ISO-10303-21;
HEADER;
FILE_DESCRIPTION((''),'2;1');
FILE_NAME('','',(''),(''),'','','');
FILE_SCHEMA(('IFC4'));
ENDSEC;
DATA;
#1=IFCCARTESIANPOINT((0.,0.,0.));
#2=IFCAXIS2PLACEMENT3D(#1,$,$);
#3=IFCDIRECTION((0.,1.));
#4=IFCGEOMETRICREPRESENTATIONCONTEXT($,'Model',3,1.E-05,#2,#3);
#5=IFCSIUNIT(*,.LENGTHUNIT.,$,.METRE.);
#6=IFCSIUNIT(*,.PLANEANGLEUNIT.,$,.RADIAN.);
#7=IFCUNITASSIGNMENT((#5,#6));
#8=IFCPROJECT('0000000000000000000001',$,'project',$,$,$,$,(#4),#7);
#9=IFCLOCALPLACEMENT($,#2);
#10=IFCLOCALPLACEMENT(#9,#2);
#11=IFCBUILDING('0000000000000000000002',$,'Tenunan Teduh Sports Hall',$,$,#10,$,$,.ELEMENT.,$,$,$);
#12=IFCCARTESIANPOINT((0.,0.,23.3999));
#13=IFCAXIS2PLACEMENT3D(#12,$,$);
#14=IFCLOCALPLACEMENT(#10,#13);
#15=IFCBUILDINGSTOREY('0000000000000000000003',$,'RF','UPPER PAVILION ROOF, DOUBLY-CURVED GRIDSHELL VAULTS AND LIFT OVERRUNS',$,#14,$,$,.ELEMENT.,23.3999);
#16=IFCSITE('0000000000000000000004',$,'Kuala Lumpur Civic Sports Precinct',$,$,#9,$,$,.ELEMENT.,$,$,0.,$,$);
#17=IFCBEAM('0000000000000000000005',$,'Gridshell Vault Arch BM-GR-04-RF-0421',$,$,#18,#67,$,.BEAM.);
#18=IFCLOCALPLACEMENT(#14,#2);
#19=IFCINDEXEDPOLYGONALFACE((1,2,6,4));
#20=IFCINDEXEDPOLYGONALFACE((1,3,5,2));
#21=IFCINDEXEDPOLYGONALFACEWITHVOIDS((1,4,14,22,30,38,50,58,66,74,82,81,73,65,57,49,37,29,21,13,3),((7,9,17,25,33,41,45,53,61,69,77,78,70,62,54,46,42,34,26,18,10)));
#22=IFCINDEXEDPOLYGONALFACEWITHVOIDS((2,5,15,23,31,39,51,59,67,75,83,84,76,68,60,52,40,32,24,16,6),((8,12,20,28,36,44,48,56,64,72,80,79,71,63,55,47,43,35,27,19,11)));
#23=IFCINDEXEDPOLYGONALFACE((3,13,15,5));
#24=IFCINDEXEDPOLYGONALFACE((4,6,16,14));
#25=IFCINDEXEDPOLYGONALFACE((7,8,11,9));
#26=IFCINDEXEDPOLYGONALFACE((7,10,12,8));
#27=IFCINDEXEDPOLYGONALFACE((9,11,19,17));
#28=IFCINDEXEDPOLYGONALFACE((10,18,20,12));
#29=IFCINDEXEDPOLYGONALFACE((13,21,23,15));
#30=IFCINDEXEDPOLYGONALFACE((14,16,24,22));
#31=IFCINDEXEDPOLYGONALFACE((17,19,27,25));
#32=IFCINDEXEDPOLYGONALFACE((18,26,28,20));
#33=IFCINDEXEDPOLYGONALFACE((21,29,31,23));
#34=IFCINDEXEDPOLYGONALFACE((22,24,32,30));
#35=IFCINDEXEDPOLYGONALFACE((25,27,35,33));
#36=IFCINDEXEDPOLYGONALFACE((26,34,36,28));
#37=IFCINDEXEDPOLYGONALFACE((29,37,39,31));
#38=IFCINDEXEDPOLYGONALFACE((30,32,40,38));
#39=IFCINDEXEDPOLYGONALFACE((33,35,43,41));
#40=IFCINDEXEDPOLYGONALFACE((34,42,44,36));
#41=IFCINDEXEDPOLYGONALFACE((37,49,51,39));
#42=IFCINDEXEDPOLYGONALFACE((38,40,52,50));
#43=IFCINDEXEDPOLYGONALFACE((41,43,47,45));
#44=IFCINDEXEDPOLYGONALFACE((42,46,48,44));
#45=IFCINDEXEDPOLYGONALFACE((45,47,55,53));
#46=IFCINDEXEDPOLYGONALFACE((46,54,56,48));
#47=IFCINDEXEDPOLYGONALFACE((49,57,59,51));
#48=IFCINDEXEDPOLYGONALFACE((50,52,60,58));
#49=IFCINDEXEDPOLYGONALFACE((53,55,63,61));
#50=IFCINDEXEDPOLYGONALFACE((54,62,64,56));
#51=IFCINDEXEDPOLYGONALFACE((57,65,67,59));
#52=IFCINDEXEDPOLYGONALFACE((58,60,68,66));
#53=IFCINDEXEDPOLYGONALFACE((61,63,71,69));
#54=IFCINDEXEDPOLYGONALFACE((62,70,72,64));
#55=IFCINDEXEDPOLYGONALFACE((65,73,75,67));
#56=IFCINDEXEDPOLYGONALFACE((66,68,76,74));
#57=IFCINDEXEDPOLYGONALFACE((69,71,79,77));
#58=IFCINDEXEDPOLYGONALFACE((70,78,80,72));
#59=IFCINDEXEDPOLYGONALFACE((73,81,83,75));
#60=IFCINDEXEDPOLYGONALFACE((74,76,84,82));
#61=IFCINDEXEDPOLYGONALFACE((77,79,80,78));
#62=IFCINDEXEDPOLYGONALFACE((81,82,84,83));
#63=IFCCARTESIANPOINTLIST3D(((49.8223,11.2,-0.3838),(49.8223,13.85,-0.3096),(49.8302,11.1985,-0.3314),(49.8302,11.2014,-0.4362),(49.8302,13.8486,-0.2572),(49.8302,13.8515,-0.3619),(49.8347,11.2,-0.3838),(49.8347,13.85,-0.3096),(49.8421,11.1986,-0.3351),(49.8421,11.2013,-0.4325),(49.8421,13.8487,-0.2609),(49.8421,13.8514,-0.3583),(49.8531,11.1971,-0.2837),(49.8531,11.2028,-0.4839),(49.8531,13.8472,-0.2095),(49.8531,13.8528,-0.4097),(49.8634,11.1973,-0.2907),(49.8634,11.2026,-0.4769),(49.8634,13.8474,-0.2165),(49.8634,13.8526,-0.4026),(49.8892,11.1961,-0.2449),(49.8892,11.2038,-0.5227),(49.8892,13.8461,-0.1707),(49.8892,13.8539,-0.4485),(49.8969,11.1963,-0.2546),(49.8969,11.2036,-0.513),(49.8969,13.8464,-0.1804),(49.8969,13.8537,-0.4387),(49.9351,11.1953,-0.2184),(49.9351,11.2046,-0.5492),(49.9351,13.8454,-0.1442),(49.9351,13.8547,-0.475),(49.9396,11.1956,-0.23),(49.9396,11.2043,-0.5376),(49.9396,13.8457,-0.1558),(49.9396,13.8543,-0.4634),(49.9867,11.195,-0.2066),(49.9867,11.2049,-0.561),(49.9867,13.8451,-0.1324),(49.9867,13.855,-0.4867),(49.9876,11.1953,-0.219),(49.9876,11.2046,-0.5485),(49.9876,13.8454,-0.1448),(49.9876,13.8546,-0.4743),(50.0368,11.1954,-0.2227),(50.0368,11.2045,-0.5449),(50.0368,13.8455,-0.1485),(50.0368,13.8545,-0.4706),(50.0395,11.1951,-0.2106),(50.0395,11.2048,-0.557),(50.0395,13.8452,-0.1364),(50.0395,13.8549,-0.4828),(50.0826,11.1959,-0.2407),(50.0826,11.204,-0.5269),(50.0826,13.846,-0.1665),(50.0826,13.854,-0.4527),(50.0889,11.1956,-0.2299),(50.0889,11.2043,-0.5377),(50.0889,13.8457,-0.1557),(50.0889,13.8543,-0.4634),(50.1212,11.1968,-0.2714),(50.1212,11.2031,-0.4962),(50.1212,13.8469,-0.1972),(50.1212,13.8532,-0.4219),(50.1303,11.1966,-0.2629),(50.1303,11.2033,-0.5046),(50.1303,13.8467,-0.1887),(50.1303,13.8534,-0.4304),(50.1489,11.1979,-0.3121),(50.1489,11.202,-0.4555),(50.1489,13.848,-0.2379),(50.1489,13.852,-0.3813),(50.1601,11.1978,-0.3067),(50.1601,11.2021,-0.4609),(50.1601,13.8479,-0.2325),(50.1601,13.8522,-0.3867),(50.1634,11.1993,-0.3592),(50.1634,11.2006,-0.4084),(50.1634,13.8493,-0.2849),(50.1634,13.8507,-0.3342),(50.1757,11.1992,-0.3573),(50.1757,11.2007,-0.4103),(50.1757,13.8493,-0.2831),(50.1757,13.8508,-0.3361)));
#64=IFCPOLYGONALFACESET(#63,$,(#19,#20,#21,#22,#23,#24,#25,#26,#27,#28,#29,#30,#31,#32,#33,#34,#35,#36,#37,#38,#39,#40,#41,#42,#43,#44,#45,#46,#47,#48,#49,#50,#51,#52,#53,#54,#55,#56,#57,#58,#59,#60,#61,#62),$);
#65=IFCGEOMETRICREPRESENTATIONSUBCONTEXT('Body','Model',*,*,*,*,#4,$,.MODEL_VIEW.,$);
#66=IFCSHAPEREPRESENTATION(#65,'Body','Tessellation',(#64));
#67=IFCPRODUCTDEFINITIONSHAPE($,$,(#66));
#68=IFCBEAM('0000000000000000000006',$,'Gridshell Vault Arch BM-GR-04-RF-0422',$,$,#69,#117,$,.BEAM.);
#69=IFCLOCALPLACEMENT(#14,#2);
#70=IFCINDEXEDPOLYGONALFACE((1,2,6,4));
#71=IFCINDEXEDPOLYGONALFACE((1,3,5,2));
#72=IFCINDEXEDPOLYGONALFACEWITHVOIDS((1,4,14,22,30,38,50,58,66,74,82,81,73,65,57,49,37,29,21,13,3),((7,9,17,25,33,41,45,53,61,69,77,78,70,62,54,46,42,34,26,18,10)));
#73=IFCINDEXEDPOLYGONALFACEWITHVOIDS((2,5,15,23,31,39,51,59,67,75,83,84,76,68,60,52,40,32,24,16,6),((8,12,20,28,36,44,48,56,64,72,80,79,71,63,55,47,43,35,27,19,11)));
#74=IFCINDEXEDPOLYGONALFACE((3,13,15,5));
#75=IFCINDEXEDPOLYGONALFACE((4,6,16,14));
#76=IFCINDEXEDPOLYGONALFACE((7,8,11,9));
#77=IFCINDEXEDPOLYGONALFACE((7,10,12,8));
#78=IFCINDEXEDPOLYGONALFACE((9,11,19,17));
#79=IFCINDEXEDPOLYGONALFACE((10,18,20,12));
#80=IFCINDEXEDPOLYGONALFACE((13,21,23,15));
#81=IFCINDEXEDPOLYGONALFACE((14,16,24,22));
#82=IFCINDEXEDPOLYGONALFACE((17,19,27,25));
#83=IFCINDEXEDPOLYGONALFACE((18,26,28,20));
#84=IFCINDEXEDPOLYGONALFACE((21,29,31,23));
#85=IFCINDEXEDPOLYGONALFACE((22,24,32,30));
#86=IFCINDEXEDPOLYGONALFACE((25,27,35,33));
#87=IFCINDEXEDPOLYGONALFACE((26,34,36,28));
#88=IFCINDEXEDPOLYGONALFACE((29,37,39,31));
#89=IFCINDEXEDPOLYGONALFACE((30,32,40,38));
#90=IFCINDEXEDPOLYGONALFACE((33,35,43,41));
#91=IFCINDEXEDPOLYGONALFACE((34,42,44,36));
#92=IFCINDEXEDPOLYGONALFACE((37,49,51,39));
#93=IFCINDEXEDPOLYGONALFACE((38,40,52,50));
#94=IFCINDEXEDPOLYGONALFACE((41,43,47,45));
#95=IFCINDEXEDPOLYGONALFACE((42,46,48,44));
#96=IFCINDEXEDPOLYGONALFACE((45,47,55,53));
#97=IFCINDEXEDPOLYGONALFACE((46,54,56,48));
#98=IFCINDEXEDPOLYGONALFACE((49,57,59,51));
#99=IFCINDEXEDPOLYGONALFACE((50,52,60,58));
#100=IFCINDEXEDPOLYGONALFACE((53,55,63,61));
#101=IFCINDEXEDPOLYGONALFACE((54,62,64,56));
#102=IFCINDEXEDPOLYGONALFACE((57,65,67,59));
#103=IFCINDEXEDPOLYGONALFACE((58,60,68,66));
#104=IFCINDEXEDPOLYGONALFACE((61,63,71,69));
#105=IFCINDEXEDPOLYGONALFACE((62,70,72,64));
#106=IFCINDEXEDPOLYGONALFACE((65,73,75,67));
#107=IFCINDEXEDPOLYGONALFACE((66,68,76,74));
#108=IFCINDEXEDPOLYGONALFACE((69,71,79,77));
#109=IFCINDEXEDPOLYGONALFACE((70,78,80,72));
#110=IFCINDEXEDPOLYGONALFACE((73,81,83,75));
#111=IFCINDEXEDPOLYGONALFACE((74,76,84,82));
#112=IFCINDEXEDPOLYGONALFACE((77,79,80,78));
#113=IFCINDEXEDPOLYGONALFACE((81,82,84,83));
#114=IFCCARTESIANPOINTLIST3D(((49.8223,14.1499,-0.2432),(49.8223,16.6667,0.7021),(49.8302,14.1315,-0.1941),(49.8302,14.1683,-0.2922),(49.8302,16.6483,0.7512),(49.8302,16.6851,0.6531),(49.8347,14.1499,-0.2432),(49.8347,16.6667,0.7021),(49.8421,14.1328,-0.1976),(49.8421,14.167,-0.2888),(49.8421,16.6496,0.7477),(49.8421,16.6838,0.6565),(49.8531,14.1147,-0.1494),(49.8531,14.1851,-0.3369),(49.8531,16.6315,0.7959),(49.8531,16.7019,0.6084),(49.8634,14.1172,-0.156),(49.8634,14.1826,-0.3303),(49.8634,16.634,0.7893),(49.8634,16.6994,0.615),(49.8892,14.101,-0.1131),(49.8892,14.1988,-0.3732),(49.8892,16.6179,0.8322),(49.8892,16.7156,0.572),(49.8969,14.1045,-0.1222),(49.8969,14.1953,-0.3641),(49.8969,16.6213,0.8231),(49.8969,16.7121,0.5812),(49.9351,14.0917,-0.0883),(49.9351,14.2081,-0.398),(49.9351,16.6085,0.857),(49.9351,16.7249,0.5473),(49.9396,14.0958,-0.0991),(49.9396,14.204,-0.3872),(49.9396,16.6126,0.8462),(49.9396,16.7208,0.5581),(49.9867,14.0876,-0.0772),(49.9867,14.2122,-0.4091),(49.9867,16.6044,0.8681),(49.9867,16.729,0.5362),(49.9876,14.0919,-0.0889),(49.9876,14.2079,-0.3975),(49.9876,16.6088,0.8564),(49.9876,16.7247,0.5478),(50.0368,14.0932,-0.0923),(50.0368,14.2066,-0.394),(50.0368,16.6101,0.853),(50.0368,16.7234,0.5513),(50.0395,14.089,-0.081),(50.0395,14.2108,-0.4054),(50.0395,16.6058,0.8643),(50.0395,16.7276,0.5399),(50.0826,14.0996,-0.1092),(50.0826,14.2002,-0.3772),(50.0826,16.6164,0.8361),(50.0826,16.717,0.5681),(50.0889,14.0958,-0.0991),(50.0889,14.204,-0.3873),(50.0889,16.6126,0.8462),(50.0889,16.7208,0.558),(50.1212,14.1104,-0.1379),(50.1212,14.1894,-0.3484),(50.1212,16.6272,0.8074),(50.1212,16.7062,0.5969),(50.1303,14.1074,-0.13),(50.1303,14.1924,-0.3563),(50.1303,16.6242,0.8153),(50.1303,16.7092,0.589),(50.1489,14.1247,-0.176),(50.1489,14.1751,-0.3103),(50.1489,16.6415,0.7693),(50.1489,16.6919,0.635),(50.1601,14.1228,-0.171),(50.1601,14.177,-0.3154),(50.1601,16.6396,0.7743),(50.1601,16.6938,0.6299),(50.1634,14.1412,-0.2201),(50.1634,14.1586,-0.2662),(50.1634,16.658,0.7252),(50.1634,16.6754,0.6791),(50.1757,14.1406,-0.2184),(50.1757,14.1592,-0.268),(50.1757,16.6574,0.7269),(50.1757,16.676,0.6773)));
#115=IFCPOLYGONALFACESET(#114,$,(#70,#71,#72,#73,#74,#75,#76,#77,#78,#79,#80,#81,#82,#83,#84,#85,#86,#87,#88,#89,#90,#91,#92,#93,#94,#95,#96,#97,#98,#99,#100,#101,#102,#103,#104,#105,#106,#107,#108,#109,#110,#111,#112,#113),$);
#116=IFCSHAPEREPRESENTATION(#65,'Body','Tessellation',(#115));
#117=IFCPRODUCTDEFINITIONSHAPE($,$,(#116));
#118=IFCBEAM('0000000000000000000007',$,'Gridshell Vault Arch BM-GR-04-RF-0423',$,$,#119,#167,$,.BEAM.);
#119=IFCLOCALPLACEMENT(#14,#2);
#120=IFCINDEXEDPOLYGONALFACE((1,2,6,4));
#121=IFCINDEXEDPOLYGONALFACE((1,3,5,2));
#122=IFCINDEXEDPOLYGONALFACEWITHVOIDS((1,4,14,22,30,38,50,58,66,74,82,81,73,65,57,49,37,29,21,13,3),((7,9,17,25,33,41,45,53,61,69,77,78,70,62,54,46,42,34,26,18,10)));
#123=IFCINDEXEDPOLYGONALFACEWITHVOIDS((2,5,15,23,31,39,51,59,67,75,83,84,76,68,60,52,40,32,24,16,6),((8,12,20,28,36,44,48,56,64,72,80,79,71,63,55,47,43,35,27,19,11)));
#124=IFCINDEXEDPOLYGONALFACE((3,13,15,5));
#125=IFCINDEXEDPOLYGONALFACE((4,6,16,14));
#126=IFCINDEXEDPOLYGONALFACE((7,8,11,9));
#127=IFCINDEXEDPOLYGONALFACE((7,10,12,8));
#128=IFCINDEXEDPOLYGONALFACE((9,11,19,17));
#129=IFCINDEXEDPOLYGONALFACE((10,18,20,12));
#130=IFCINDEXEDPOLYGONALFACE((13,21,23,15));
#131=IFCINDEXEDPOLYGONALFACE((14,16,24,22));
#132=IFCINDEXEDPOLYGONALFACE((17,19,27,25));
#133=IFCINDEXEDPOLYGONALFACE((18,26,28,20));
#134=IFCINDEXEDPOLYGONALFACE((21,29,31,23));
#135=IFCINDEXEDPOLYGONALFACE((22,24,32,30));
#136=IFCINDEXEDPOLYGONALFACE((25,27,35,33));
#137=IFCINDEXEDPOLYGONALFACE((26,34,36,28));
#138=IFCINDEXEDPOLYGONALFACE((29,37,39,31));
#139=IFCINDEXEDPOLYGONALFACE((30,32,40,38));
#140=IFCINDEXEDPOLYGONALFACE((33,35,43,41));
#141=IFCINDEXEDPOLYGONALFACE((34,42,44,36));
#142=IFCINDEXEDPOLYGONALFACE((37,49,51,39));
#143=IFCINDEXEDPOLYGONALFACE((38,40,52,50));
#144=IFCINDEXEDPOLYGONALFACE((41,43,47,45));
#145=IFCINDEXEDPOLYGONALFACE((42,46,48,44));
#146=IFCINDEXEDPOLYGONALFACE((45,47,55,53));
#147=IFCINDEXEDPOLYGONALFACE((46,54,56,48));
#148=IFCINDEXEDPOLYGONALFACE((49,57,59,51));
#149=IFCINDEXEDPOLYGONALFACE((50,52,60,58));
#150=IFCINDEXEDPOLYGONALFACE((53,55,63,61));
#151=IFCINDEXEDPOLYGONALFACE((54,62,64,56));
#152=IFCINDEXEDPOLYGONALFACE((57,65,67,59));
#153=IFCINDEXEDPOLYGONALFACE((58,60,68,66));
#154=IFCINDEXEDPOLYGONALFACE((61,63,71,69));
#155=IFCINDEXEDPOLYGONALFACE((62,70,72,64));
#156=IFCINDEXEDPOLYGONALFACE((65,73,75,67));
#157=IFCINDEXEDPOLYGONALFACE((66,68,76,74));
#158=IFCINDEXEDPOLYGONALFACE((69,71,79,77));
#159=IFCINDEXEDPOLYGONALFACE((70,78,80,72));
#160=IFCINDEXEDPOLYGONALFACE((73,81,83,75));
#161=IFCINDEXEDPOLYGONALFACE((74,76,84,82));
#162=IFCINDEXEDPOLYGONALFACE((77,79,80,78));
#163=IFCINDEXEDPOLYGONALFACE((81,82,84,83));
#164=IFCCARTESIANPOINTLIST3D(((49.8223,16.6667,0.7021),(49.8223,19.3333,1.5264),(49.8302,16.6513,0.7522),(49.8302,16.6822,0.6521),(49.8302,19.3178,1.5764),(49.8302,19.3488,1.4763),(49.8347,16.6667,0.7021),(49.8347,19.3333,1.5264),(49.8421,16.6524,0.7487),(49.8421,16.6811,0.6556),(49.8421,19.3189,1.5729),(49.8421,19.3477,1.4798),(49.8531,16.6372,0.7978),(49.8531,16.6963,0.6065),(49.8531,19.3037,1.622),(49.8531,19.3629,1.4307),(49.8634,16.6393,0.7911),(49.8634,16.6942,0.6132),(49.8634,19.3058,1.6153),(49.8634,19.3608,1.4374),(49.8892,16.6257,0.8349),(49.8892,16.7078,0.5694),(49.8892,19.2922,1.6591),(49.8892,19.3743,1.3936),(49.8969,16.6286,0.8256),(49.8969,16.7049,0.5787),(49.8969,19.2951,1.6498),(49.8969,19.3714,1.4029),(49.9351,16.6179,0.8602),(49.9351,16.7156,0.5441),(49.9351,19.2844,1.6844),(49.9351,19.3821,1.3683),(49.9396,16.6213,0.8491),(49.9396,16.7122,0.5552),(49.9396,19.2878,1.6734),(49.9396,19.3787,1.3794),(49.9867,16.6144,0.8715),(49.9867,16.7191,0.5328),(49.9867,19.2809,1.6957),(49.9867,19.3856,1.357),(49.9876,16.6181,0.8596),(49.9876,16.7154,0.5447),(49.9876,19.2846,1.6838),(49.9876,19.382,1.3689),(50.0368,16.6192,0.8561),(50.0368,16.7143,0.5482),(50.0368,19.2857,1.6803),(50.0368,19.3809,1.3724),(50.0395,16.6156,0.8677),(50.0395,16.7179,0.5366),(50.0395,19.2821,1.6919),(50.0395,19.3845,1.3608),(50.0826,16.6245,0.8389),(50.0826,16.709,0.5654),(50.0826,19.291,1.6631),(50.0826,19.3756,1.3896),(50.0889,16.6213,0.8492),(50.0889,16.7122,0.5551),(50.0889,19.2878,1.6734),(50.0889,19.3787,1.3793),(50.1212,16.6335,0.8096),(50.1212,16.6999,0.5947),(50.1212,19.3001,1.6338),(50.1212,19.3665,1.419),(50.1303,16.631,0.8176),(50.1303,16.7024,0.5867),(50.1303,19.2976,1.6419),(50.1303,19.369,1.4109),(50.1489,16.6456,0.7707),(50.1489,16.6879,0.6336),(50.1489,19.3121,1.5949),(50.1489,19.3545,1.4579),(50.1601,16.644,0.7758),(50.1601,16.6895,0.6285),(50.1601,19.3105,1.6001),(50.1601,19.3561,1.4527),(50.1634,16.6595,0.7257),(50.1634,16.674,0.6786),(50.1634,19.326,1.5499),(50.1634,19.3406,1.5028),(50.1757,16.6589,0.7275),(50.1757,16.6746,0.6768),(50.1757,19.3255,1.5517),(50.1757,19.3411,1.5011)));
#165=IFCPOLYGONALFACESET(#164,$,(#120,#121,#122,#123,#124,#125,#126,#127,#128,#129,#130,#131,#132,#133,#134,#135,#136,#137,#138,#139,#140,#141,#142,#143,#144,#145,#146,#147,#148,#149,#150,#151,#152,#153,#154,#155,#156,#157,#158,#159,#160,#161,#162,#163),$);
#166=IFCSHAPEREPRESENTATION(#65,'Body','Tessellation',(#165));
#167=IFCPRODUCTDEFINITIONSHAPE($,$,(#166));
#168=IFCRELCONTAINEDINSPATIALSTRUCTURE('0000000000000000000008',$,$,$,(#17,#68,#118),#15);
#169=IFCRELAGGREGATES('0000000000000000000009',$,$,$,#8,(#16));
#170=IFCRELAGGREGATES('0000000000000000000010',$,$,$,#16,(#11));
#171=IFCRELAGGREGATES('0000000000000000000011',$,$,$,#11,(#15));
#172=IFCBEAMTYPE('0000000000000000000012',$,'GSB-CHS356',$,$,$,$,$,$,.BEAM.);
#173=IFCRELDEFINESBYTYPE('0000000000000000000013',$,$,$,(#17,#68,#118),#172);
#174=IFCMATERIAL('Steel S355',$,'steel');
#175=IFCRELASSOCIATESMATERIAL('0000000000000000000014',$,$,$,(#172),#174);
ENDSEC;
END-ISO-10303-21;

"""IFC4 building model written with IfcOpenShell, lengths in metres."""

from ifc_helpers import new_model, si_unit, direction, frame, origin, origin_2d, place, context, subcontext, project, spatial, hollow_circle, extrude, material, material_profile, profile_set, type_object, element, save


model = new_model("IFC4")

# Units and contexts
model_context = context("Model", 3, precision=1e-05, world=origin(), true_north=direction((0.0, 1.0)))
body_context = subcontext(model_context, "Body", "Model", "MODEL_VIEW")
ifc_project = project(units=[si_unit("LENGTHUNIT", "METRE"), si_unit("PLANEANGLEUNIT", "RADIAN")], contexts=[model_context])

# Site, building, storey
site_placement = place(None, origin())
site = spatial("IfcSite", under=ifc_project, at=site_placement, Name="Kuala Lumpur Civic Sports Precinct", CompositionType="ELEMENT", RefElevation=0.0)
building_placement = place(site_placement, origin())
building = spatial("IfcBuilding", under=site, at=building_placement, Name="Tenunan Teduh Sports Hall", CompositionType="ELEMENT")
storey_placement = place(building_placement, frame((0.0, 0.0, 23.3999)))
storey = spatial("IfcBuildingStorey", under=building, at=storey_placement, Name="RF", Description="UPPER PAVILION ROOF, DOUBLY-CURVED GRIDSHELL VAULTS AND LIFT OVERRUNS", CompositionType="ELEMENT", Elevation=23.3999)

# Beams
ifc_material_1 = material(Name="Steel S355", Category="steel")
ifc_material_profile_1 = material_profile(ifc_material_1, hollow_circle(Radius=0.1777, WallThickness=0.0125, at=origin_2d()), Name="CHS 355.6x12.5")
ifc_profile_set_1 = profile_set([ifc_material_profile_1], Name="Steel S355")
beam_type_1 = type_object("IfcBeamType", Name="GSB-CHS356", PredefinedType="BEAM", material=ifc_profile_set_1)
beam_1_placement = place(storey_placement, frame((50.0, 11.2, -0.3838), z_axis=(0.0, 0.999608, 0.027995), x_axis=(-1.0, 0.0, 0.0)))
element("IfcBeam", 1, at=beam_1_placement, inside=storey, type_object=beam_type_1, Name="Gridshell Vault Arch BM-GR-04-RF-0421", PredefinedType="BEAM", context=body_context, shape_type="SweptSolid", body=[
    extrude(hollow_circle(Radius=0.1777, WallThickness=0.0125, at=origin_2d()), origin(), (0.0, 0.0, 1.0), 2.6511),
])
beam_2_placement = place(storey_placement, frame((50.0, 14.1499, -0.2432), z_axis=(0.0, 0.936146, 0.351611), x_axis=(-1.0, 0.0, 0.0)))
element("IfcBeam", 2, at=beam_2_placement, inside=storey, type_object=beam_type_1, Name="Gridshell Vault Arch BM-GR-04-RF-0422", PredefinedType="BEAM", context=body_context, shape_type="SweptSolid", body=[
    extrude(hollow_circle(Radius=0.1777, WallThickness=0.0125, at=origin_2d()), origin(), (0.0, 0.0, 1.0), 2.6885),
])
beam_3_placement = place(storey_placement, frame((50.0, 16.6667, 0.7021), z_axis=(0.0, 0.9554, 0.295315), x_axis=(-1.0, 0.0, 0.0)))
element("IfcBeam", 3, at=beam_3_placement, inside=storey, type_object=beam_type_1, Name="Gridshell Vault Arch BM-GR-04-RF-0423", PredefinedType="BEAM", context=body_context, shape_type="SweptSolid", body=[
    extrude(hollow_circle(Radius=0.1777, WallThickness=0.0125, at=origin_2d()), origin(), (0.0, 0.0, 1.0), 2.791),
])

save(model, "model.ifc")
